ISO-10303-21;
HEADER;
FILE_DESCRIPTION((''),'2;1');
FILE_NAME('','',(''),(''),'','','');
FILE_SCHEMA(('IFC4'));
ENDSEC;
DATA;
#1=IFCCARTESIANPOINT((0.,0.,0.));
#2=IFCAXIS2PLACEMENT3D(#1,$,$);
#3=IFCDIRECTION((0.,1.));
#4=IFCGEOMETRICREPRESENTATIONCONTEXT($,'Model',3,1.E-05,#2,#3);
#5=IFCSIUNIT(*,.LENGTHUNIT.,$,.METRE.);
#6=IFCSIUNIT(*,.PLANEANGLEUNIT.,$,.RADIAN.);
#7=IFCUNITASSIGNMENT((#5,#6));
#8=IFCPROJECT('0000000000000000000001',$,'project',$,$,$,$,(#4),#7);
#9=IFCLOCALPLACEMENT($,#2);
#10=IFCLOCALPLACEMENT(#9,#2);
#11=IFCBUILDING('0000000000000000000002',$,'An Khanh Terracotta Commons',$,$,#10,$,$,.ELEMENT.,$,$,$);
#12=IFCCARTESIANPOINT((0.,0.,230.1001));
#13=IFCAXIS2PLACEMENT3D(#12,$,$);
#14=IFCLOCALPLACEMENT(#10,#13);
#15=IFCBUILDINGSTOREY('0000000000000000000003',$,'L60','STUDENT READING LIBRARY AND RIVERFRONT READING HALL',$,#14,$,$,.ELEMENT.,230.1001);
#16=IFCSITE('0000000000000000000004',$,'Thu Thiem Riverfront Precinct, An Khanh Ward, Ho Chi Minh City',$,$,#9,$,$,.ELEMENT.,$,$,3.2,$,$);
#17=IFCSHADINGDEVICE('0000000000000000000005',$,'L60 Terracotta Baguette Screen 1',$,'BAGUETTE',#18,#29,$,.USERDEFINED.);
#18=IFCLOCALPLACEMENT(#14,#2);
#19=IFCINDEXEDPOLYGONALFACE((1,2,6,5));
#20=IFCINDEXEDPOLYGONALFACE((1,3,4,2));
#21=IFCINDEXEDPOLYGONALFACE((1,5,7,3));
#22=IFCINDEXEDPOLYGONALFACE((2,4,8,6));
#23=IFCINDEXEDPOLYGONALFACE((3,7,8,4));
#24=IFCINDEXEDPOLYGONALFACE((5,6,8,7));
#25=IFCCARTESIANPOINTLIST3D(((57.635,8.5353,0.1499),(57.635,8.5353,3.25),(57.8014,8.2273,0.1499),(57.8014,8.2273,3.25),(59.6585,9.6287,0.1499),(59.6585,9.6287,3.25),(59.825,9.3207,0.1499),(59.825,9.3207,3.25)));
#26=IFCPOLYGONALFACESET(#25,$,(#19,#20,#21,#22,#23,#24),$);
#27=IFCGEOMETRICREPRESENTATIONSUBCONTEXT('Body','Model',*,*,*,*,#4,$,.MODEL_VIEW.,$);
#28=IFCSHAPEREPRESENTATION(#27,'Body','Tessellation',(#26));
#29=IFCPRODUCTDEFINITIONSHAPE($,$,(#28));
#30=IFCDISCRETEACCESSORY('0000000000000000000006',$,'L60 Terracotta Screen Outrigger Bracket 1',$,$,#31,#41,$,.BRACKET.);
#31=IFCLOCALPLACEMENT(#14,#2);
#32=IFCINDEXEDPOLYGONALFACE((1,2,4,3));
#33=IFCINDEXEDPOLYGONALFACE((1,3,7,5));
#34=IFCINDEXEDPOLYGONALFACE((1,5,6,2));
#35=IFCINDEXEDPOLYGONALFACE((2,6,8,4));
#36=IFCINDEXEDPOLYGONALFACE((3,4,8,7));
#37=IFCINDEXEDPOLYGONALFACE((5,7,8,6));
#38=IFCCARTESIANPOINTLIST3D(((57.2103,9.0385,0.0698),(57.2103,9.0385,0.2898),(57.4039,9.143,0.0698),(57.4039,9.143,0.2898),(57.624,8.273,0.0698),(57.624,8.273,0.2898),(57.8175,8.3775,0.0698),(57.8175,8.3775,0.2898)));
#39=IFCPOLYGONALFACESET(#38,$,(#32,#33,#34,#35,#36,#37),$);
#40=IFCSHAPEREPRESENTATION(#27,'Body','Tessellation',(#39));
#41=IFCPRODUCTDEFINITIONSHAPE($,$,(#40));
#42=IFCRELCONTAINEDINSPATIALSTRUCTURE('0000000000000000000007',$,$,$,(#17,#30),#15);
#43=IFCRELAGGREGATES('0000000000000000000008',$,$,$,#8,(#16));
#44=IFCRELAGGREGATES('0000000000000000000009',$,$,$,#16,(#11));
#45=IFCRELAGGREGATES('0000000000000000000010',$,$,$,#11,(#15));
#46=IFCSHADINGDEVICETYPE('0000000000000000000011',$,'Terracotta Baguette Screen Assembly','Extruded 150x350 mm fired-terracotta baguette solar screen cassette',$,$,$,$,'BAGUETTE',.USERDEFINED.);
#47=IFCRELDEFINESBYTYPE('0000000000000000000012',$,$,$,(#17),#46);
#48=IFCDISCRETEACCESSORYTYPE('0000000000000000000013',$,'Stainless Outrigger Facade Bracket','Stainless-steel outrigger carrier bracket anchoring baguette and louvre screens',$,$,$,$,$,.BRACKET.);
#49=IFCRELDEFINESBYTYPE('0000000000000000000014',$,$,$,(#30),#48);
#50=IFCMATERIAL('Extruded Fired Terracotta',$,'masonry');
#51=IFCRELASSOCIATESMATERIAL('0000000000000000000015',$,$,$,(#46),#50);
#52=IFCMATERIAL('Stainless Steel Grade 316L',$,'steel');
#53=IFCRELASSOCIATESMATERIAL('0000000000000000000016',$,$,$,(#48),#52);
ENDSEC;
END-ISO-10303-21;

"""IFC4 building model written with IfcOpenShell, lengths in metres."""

from ifc_helpers import new_model, si_unit, direction, frame, origin, origin_2d, place, context, subcontext, project, spatial, rectangle, extrude, material, type_object, element, save


model = new_model("IFC4")

# Units and contexts
model_context = context("Model", 3, precision=1e-05, world=origin(), true_north=direction((0.0, 1.0)))
body_context = subcontext(model_context, "Body", "Model", "MODEL_VIEW")
ifc_project = project(units=[si_unit("LENGTHUNIT", "METRE"), si_unit("PLANEANGLEUNIT", "RADIAN")], contexts=[model_context])

# Site, building, storey
site_placement = place(None, origin())
site = spatial("IfcSite", under=ifc_project, at=site_placement, Name="Thu Thiem Riverfront Precinct, An Khanh Ward, Ho Chi Minh City", CompositionType="ELEMENT", RefElevation=3.2)
building_placement = place(site_placement, origin())
building = spatial("IfcBuilding", under=site, at=building_placement, Name="An Khanh Terracotta Commons", CompositionType="ELEMENT")
storey_placement = place(building_placement, frame((0.0, 0.0, 230.1001)))
storey = spatial("IfcBuildingStorey", under=building, at=storey_placement, Name="L60", Description="STUDENT READING LIBRARY AND RIVERFRONT READING HALL", CompositionType="ELEMENT", Elevation=230.1001)

# Shading device
ifc_material_1 = material(Name="Extruded Fired Terracotta", Category="masonry")
shading_device_type = type_object("IfcShadingDeviceType", Name="Terracotta Baguette Screen Assembly", Description="Extruded 150x350 mm fired-terracotta baguette solar screen cassette", ElementType="BAGUETTE", PredefinedType="USERDEFINED", material=ifc_material_1)
shading_device_placement = place(storey_placement, frame((58.73, 8.928, 0.1499), z_axis=(0.0, 0.0, 1.0), x_axis=(0.87978, 0.475381, 0.0)))
element("IfcShadingDevice", 1, at=shading_device_placement, inside=storey, type_object=shading_device_type, Name="L60 Terracotta Baguette Screen 1", ObjectType="BAGUETTE", PredefinedType="USERDEFINED", context=body_context, shape_type="SweptSolid", body=[
    extrude(rectangle(XDim=2.3, YDim=0.3501, at=origin_2d()), origin(), (0.0, 0.0, 1.0), 3.1001),
])

# Discrete accessory
ifc_material_2 = material(Name="Stainless Steel Grade 316L", Category="steel")
discrete_accessory_type = type_object("IfcDiscreteAccessoryType", Name="Stainless Outrigger Facade Bracket", Description="Stainless-steel outrigger carrier bracket anchoring baguette and louvre screens", PredefinedType="BRACKET", material=ifc_material_2)
discrete_accessory_placement = place(storey_placement, frame((57.5139, 8.708, 0.0698), z_axis=(0.0, 0.0, 1.0), x_axis=(0.87978, 0.475381, 0.0)))
element("IfcDiscreteAccessory", 2, at=discrete_accessory_placement, inside=storey, type_object=discrete_accessory_type, Name="L60 Terracotta Screen Outrigger Bracket 1", PredefinedType="BRACKET", context=body_context, shape_type="SweptSolid", body=[
    extrude(rectangle(XDim=0.22, YDim=0.8701, at=origin_2d()), origin(), (0.0, 0.0, 1.0), 0.22),
])

save(model, "model.ifc")
